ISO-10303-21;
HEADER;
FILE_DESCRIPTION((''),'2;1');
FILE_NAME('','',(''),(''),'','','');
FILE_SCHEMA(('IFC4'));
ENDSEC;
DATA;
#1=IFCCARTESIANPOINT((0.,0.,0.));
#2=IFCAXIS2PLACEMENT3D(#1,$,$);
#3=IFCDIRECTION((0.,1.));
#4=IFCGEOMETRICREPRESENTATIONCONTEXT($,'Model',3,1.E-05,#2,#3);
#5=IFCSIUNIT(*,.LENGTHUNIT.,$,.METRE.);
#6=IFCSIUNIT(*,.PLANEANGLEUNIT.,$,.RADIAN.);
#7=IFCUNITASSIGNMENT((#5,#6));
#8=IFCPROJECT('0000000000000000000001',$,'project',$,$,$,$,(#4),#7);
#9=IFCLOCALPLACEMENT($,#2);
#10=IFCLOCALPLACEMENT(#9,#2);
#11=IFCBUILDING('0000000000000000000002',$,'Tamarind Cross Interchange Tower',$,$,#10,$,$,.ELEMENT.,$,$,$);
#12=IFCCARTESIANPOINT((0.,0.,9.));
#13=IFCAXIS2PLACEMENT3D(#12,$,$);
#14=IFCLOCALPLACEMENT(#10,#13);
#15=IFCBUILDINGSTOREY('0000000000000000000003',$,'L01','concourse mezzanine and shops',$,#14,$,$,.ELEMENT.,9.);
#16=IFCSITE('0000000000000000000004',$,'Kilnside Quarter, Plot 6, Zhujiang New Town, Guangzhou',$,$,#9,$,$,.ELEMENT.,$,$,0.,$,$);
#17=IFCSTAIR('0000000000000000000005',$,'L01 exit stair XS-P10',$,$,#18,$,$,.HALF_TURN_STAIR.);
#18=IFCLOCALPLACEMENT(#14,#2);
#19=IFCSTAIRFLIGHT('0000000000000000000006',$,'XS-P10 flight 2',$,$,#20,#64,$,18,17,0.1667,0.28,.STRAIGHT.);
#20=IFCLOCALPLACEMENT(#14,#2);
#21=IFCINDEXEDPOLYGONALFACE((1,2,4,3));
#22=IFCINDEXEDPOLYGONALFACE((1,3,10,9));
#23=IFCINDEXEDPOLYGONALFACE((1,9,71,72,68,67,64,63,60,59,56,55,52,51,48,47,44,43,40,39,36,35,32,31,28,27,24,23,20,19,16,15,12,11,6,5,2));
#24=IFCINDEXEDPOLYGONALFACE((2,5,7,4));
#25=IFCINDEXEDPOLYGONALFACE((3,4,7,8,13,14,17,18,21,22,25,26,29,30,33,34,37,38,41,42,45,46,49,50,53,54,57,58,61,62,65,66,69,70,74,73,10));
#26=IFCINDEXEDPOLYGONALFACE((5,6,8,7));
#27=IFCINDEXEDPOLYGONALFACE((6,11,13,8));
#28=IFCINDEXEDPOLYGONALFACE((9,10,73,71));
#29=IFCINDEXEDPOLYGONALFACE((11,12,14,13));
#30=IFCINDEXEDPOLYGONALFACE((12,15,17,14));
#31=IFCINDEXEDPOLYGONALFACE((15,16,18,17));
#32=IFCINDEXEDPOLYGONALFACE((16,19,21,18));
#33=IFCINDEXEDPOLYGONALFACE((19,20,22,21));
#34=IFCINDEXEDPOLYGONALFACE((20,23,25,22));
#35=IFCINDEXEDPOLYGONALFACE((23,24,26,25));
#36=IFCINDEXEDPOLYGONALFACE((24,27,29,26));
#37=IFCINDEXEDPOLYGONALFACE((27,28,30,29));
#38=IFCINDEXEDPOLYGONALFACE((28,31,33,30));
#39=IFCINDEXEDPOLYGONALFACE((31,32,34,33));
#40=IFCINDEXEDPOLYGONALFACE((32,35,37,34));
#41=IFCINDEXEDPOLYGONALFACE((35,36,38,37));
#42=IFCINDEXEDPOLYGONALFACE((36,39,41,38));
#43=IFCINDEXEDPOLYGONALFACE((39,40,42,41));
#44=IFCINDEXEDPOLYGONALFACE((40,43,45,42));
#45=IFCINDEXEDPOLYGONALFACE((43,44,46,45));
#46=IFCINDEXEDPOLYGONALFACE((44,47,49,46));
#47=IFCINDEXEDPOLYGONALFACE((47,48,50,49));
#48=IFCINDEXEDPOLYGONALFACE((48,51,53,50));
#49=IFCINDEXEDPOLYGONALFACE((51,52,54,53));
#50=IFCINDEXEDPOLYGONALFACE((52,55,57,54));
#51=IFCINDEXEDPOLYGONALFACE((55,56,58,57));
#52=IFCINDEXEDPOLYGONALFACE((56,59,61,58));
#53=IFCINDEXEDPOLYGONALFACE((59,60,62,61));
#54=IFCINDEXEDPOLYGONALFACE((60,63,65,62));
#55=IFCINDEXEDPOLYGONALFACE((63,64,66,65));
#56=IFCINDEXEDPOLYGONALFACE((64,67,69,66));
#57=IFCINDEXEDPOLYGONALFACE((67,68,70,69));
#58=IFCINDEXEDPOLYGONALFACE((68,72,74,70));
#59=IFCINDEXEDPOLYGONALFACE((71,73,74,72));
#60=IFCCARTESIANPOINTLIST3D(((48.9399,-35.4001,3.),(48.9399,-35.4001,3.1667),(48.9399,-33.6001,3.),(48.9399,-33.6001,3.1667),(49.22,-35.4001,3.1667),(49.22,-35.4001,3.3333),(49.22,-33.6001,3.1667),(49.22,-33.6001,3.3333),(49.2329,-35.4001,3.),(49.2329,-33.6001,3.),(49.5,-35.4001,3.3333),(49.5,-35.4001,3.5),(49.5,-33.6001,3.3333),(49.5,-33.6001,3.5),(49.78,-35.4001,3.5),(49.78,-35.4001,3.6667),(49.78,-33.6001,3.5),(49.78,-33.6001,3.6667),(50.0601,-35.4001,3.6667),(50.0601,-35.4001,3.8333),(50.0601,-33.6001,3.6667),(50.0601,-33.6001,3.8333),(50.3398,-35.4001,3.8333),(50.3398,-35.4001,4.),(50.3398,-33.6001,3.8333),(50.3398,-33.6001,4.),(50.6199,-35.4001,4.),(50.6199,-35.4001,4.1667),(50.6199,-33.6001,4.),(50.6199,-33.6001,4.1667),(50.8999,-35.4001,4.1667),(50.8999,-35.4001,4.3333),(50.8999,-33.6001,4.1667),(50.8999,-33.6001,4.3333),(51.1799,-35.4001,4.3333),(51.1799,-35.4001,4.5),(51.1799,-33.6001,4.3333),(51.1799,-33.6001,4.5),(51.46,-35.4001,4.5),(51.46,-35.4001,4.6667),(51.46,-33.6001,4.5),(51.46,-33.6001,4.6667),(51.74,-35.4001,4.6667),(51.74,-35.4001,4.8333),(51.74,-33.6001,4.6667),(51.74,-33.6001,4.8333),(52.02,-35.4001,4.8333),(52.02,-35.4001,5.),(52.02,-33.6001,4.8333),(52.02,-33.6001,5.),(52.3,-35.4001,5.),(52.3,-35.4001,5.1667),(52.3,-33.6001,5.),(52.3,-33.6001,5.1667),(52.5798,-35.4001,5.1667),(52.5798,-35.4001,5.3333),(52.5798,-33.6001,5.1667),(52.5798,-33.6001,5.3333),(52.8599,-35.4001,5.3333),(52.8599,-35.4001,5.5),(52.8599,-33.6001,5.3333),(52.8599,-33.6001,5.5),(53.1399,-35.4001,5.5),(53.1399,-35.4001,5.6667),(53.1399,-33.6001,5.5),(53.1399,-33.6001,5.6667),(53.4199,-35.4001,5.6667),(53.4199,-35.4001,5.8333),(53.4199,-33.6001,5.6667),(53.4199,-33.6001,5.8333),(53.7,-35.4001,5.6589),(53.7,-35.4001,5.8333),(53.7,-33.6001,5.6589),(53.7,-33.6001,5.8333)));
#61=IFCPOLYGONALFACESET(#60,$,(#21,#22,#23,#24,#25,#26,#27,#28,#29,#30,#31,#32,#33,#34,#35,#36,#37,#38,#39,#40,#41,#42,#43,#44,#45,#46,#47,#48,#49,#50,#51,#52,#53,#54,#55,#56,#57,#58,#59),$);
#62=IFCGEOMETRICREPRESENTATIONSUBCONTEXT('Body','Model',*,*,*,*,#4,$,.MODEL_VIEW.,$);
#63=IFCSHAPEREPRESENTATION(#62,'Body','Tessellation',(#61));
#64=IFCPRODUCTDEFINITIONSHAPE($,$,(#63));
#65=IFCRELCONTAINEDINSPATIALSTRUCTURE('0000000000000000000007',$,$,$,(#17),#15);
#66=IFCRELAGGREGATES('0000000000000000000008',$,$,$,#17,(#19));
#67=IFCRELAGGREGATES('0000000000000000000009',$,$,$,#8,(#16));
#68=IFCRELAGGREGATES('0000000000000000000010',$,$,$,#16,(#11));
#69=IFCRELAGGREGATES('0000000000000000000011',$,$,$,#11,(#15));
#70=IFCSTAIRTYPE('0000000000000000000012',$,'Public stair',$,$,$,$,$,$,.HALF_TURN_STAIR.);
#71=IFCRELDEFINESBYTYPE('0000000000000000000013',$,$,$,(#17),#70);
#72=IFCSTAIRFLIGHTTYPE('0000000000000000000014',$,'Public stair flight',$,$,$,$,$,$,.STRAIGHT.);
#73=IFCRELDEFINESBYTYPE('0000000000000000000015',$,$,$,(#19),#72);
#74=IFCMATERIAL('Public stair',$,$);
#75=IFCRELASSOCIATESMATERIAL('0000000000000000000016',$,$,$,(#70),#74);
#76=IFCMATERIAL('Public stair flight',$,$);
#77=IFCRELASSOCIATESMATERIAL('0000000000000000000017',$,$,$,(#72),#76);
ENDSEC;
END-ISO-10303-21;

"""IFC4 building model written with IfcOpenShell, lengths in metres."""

from ifc_helpers import new_model, si_unit, direction, frame, origin, place, context, subcontext, project, spatial, polyline, outline, extrude, material, type_object, element, aggregate, save


model = new_model("IFC4")

# Units and contexts
model_context = context("Model", 3, precision=1e-05, world=origin(), true_north=direction((0.0, 1.0)))
body_context = subcontext(model_context, "Body", "Model", "MODEL_VIEW")
ifc_project = project(units=[si_unit("LENGTHUNIT", "METRE"), si_unit("PLANEANGLEUNIT", "RADIAN")], contexts=[model_context])

# Site, building, storey
site_placement = place(None, origin())
site = spatial("IfcSite", under=ifc_project, at=site_placement, Name="Kilnside Quarter, Plot 6, Zhujiang New Town, Guangzhou", CompositionType="ELEMENT", RefElevation=0.0)
building_placement = place(site_placement, origin())
building = spatial("IfcBuilding", under=site, at=building_placement, Name="Tamarind Cross Interchange Tower", CompositionType="ELEMENT")
storey_placement = place(building_placement, frame((0.0, 0.0, 9.0)))
storey = spatial("IfcBuildingStorey", under=building, at=storey_placement, Name="L01", Description="concourse mezzanine and shops", CompositionType="ELEMENT", Elevation=9.0)

# Stair, stair flight
ifc_material_1 = material(Name="Public stair")
stair_type = type_object("IfcStairType", Name="Public stair", PredefinedType="HALF_TURN_STAIR", material=ifc_material_1)
stair_placement = place(storey_placement, origin())
stair = element("IfcStair", 1, at=stair_placement, inside=storey, type_object=stair_type, Name="L01 exit stair XS-P10", PredefinedType="HALF_TURN_STAIR")
ifc_material_2 = material(Name="Public stair flight")
stair_flight_type = type_object("IfcStairFlightType", Name="Public stair flight", PredefinedType="STRAIGHT", material=ifc_material_2)
stair_flight_1_placement = place(storey_placement, frame((48.9399, -34.5, 3.0), z_axis=(0.0, 0.0, 1.0), x_axis=(1.0, 0.0, 0.0)))
stair_flight_1 = element("IfcStairFlight", 2, at=stair_flight_1_placement, type_object=stair_flight_type, Name="XS-P10 flight 2", NumberOfRisers=18, NumberOfTreads=17, PredefinedType="STRAIGHT", RiserHeight=0.1667, TreadLength=0.28, context=body_context, shape_type="SweptSolid", body=[
    extrude(outline(polyline([(0.0, 0.0), (0.0, 0.1667), (0.28, 0.1667), (0.28, 0.3333), (0.5601, 0.3333), (0.5601, 0.5), (0.8401, 0.5), (0.8401, 0.6667), (1.1201, 0.6667), (1.1201, 0.8333), (1.3999, 0.8333), (1.3999, 1.0), (1.6799, 1.0), (1.6799, 1.1667), (1.96, 1.1667), (1.96, 1.3333), (2.24, 1.3333), (2.24, 1.5), (2.52, 1.5), (2.52, 1.6667), (2.8, 1.6667), (2.8, 1.8333), (3.0801, 1.8333), (3.0801, 2.0), (3.3601, 2.0), (3.3601, 2.1667), (3.6399, 2.1667), (3.6399, 2.3333), (3.9199, 2.3333), (3.9199, 2.5), (4.2, 2.5), (4.2, 2.6667), (4.48, 2.6667), (4.48, 2.8333), (4.76, 2.8333), (4.76, 3.0), (4.76, 2.6589), (0.293, 0.0), (0.0, 0.0)])), frame((0.0, 0.8999, 0.0), z_axis=(0.0, -1.0, 0.0), x_axis=(1.0, 0.0, 0.0)), (0.0, 0.0, 1.0), 1.8),
])
aggregate(stair, [stair_flight_1])

save(model, "model.ifc")
